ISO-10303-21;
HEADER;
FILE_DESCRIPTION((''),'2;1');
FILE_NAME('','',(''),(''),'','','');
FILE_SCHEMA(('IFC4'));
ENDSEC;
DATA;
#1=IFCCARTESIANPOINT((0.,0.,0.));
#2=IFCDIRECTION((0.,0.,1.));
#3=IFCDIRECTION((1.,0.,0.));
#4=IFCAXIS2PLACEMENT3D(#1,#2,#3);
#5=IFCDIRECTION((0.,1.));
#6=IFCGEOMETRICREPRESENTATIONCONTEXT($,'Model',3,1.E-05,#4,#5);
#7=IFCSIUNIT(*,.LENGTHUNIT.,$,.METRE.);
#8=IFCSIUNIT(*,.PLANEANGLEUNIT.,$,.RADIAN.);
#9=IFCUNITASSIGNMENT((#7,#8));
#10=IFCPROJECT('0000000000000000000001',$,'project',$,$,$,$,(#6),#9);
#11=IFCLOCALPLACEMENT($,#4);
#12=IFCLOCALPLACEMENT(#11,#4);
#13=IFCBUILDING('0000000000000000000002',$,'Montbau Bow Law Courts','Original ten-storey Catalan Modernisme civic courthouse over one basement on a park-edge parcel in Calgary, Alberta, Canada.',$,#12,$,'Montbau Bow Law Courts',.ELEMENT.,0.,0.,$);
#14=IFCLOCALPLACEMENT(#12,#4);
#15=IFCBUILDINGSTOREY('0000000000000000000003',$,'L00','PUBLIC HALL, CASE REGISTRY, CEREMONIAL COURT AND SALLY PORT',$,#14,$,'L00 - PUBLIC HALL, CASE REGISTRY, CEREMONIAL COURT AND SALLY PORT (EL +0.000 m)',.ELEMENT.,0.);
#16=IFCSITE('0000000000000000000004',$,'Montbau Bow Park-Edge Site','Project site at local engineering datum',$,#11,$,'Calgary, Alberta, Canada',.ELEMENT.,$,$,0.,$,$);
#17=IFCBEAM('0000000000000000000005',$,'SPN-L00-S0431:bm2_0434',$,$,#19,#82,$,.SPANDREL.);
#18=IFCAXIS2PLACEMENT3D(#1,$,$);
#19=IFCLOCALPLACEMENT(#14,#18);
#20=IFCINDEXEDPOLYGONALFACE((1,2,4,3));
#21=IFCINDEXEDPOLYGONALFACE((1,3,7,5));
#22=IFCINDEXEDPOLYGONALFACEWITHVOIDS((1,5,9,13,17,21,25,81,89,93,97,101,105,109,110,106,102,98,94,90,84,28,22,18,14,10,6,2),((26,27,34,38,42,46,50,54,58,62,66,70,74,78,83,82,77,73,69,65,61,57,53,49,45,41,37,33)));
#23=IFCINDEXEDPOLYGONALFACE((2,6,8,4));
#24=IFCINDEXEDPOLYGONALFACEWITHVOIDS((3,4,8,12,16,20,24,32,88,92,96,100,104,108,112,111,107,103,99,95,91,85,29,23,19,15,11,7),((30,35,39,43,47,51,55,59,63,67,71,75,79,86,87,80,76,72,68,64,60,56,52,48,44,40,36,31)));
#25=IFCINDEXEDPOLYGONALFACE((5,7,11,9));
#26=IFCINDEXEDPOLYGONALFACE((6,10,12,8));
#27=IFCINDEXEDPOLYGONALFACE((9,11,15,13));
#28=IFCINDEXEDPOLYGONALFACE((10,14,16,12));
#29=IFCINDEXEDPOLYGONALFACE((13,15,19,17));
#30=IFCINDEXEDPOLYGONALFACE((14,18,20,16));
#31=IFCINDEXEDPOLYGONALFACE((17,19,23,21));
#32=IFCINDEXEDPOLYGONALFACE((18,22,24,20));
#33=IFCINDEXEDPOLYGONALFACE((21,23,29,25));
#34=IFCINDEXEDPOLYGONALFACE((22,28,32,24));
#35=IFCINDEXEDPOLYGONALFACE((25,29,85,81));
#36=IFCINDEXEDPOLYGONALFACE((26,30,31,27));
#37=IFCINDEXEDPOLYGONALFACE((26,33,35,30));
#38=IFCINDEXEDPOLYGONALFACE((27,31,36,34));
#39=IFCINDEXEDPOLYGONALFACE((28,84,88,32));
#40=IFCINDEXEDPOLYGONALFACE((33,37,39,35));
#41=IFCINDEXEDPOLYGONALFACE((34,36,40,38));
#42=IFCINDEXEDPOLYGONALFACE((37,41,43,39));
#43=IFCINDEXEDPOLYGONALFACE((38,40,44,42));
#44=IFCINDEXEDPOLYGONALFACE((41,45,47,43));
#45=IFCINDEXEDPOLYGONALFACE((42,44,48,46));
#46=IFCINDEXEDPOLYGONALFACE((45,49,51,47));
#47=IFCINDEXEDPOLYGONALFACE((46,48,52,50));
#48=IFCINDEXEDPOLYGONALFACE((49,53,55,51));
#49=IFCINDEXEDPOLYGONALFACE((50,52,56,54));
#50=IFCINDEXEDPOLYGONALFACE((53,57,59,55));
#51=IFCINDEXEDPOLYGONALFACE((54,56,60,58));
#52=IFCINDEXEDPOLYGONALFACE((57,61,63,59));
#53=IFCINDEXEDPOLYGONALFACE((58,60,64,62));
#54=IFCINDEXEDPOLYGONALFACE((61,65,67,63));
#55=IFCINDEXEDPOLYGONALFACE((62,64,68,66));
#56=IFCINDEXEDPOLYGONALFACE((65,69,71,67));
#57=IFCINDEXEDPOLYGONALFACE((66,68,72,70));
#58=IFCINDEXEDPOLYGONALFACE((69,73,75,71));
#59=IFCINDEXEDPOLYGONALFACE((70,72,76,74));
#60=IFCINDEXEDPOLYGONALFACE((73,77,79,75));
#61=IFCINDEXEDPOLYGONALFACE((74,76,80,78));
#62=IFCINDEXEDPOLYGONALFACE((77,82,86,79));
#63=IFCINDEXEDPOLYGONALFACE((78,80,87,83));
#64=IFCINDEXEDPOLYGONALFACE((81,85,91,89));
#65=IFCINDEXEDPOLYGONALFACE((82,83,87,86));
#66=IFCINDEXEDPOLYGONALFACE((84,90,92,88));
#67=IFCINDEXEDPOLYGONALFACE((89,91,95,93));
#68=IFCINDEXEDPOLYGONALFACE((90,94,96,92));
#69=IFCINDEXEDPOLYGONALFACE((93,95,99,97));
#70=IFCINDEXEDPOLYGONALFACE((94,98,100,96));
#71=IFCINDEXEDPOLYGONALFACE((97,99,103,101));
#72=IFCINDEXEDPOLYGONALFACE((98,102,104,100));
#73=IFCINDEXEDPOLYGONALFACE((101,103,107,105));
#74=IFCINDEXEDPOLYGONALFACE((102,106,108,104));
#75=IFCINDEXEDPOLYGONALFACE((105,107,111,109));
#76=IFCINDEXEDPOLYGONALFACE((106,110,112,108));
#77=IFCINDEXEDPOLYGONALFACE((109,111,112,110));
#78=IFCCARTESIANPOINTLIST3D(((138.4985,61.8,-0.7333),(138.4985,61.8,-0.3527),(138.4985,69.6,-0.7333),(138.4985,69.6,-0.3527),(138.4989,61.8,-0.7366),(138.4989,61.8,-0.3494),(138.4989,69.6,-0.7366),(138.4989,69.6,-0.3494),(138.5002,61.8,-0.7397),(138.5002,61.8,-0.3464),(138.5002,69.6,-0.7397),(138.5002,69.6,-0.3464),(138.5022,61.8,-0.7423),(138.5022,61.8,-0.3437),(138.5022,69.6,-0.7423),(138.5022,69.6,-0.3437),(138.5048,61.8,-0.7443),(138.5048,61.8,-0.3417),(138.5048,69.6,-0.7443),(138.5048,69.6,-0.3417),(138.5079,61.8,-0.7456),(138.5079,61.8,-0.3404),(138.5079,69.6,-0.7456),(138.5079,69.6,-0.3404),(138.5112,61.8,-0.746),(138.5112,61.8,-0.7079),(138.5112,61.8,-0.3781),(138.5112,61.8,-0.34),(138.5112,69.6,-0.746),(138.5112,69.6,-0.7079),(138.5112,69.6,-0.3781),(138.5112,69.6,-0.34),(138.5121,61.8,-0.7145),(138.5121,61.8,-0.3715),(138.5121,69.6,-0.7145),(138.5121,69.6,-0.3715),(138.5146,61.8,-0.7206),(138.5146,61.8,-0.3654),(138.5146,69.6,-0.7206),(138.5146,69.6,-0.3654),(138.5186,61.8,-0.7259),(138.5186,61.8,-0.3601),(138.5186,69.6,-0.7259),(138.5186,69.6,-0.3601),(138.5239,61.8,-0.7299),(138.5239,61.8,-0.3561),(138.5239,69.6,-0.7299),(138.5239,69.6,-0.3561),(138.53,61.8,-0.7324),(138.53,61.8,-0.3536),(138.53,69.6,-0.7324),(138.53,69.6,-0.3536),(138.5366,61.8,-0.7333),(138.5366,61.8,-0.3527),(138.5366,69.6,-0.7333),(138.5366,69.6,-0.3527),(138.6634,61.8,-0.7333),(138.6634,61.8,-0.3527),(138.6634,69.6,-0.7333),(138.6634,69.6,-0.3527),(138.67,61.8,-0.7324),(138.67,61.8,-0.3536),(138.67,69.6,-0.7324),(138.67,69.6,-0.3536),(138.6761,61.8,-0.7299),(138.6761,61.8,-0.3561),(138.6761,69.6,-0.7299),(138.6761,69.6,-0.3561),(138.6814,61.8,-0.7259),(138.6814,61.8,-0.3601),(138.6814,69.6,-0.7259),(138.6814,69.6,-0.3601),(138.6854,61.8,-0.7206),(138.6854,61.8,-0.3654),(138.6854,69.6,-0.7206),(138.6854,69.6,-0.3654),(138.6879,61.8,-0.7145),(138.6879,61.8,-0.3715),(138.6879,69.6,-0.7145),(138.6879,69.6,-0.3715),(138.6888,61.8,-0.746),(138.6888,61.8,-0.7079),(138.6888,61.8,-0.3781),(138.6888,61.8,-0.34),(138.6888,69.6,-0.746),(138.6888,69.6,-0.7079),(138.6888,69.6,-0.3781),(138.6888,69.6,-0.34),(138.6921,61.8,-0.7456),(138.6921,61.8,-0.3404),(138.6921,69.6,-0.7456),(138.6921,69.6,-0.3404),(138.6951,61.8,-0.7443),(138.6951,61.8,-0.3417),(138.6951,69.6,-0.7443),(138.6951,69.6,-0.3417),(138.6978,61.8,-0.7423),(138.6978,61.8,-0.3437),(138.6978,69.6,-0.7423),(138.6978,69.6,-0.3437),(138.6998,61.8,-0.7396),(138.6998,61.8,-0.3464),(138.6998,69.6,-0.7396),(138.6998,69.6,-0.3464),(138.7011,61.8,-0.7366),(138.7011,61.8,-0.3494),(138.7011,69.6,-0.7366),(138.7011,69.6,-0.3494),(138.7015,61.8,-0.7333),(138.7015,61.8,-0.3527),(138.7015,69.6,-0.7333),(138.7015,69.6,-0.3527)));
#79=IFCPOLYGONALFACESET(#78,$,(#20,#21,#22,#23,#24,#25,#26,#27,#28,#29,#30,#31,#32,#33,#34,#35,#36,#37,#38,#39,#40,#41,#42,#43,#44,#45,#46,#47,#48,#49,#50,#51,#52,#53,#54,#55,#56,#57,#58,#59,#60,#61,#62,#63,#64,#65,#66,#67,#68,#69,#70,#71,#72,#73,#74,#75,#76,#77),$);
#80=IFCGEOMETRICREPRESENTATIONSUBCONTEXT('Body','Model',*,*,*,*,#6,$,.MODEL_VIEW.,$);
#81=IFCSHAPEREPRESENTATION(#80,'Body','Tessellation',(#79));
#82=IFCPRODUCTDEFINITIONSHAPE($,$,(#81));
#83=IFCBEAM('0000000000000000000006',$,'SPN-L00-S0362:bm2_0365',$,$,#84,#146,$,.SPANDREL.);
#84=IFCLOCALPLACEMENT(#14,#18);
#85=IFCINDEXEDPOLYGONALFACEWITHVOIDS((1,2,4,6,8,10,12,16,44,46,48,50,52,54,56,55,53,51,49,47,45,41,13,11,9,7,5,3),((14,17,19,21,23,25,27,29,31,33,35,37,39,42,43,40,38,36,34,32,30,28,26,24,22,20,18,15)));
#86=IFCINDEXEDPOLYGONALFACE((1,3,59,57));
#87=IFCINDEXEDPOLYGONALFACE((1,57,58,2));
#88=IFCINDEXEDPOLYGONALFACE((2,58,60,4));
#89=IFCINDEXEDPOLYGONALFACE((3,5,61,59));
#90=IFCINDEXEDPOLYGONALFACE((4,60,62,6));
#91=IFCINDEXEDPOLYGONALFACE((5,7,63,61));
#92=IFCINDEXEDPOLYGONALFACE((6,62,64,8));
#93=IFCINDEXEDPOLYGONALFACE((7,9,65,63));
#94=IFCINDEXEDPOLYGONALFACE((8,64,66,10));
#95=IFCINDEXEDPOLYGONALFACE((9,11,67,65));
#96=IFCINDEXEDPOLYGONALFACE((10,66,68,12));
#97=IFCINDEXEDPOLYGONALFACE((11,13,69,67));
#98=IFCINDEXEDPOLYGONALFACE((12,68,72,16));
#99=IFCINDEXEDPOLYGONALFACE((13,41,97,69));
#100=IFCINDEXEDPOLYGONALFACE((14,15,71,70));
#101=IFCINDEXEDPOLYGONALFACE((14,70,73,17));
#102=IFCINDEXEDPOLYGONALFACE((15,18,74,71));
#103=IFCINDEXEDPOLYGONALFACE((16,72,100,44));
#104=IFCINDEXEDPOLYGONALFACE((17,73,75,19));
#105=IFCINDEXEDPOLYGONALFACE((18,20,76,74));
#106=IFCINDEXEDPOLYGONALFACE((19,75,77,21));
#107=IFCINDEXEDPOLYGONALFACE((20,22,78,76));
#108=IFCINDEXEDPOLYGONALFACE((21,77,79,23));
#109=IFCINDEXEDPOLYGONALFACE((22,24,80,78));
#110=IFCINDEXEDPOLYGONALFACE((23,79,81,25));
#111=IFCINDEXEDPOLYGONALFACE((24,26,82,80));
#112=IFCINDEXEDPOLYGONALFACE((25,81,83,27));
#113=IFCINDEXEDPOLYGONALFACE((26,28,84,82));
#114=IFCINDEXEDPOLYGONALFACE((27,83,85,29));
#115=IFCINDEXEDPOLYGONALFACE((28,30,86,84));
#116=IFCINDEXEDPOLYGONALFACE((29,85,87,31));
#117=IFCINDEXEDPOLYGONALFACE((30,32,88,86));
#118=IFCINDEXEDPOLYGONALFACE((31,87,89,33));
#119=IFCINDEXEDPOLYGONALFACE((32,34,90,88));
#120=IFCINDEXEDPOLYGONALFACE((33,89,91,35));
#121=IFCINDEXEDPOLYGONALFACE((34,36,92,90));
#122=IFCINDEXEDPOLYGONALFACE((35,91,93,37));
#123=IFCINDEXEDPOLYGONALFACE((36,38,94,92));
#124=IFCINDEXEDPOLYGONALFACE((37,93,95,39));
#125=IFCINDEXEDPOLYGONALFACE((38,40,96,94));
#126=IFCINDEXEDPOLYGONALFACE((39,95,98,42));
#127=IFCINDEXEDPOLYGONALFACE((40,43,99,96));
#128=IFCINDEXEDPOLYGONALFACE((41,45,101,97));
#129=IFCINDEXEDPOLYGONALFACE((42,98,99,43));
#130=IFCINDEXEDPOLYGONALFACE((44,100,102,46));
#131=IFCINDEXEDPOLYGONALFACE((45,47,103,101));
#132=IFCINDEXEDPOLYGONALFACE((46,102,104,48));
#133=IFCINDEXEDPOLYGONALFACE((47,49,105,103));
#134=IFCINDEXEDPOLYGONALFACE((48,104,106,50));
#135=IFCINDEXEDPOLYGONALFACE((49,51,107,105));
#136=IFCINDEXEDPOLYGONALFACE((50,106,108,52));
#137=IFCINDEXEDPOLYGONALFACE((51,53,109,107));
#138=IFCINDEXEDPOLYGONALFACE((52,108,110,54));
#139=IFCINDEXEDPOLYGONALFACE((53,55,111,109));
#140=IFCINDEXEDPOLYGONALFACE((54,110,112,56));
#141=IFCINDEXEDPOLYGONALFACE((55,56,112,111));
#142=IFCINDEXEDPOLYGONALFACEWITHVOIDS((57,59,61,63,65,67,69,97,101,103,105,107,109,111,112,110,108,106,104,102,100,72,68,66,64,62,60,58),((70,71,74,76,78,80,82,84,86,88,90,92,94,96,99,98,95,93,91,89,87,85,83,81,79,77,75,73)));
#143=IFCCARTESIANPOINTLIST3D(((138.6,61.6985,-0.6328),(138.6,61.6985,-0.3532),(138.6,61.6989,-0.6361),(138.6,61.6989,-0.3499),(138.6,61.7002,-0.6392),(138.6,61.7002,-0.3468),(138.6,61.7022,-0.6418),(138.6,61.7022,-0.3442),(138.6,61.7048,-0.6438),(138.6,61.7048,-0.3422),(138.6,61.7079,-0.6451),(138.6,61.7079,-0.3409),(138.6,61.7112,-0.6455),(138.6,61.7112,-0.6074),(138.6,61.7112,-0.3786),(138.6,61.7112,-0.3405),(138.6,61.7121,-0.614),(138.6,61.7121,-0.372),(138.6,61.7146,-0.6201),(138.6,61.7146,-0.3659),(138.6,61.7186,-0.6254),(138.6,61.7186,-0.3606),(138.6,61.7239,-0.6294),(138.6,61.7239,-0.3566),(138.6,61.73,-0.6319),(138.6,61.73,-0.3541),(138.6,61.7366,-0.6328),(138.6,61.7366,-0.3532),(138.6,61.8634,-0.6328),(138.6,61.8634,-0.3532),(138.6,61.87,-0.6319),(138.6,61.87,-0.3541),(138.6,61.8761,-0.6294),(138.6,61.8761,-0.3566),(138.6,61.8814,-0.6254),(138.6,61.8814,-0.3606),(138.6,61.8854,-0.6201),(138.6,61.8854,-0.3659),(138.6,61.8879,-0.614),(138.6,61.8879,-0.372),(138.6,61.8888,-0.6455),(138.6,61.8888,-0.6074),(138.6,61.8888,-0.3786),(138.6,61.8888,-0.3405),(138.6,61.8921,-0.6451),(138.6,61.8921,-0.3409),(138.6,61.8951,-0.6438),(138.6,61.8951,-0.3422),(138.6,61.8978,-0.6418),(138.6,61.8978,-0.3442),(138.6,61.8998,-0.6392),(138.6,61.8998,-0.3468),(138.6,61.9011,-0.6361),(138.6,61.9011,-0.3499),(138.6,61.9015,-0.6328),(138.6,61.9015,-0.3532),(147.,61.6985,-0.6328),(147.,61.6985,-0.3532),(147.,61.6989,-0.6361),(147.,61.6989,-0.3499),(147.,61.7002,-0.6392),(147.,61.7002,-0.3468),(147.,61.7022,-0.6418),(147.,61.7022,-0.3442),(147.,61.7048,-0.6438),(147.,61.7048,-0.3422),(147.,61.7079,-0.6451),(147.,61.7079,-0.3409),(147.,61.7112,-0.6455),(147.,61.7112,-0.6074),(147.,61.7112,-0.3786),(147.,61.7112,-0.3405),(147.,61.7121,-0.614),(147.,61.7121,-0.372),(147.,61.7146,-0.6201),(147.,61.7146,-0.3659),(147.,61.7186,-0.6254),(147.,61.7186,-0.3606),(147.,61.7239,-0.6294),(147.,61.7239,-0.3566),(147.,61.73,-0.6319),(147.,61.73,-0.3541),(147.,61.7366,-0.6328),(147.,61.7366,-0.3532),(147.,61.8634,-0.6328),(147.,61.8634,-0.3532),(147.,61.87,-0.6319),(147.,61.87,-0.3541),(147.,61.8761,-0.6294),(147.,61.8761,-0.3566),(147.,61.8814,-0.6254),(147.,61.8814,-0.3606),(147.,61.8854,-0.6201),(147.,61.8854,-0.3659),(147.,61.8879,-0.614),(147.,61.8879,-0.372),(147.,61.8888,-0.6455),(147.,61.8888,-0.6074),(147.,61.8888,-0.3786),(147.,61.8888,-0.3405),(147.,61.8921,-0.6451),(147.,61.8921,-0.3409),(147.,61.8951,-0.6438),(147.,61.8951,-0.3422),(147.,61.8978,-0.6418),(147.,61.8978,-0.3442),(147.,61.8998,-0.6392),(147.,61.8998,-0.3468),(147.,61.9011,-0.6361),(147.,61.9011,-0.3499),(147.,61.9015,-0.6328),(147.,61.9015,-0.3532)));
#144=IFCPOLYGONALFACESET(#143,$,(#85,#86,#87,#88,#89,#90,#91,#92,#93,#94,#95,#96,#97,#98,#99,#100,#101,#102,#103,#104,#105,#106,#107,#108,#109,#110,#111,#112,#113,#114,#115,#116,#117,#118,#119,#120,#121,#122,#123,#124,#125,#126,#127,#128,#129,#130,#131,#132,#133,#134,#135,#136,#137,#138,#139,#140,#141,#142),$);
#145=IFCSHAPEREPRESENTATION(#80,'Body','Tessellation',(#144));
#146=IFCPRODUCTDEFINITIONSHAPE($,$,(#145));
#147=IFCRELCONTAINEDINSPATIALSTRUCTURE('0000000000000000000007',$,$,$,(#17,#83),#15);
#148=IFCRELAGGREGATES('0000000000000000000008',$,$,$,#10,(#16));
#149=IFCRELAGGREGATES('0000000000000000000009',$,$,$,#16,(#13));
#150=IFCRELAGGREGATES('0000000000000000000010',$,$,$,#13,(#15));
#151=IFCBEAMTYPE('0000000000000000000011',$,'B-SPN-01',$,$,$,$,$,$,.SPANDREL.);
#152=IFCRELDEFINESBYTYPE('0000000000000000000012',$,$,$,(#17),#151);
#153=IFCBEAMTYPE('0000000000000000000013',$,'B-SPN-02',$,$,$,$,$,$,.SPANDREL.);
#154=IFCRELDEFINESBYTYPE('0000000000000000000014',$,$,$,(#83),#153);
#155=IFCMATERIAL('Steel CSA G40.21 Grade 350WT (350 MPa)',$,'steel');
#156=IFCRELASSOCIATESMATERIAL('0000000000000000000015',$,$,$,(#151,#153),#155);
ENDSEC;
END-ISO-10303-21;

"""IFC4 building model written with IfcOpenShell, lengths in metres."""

from ifc_helpers import new_model, si_unit, direction, frame, origin_with_axes, origin_2d_with_axis, place, context, subcontext, project, spatial, hollow_rectangle, extrude, material, material_profile, profile_set, type_object, element, save


model = new_model("IFC4")

# Units and contexts
model_context = context("Model", 3, precision=1e-05, world=origin_with_axes(), true_north=direction((0.0, 1.0)))
body_context = subcontext(model_context, "Body", "Model", "MODEL_VIEW")
ifc_project = project(units=[si_unit("LENGTHUNIT", "METRE"), si_unit("PLANEANGLEUNIT", "RADIAN")], contexts=[model_context])

# Site, building, storey
site_placement = place(None, origin_with_axes())
site = spatial("IfcSite", under=ifc_project, at=site_placement, Name="Montbau Bow Park-Edge Site", Description="Project site at local engineering datum", LongName="Calgary, Alberta, Canada", CompositionType="ELEMENT", RefElevation=0.0)
building_placement = place(site_placement, origin_with_axes())
building = spatial("IfcBuilding", under=site, at=building_placement, Name="Montbau Bow Law Courts", Description="Original ten-storey Catalan Modernisme civic courthouse over one basement on a park-edge parcel in Calgary, Alberta, Canada.", LongName="Montbau Bow Law Courts", CompositionType="ELEMENT", ElevationOfRefHeight=0.0, ElevationOfTerrain=0.0)
storey_placement = place(building_placement, origin_with_axes())
storey = spatial("IfcBuildingStorey", under=building, at=storey_placement, Name="L00", Description="PUBLIC HALL, CASE REGISTRY, CEREMONIAL COURT AND SALLY PORT", LongName="L00 - PUBLIC HALL, CASE REGISTRY, CEREMONIAL COURT AND SALLY PORT (EL +0.000 m)", CompositionType="ELEMENT", Elevation=0.0)

# Beams
ifc_material_1 = material(Name="Steel CSA G40.21 Grade 350WT (350 MPa)", Category="steel")
ifc_material_profile_1 = material_profile(ifc_material_1, hollow_rectangle(XDim=0.203, YDim=0.406, WallThickness=0.0127, InnerFilletRadius=0.0254, OuterFilletRadius=0.0127, at=origin_2d_with_axis()), Name="HSS406X203X13", Category="Main", Priority=0)
ifc_profile_set_1 = profile_set([ifc_material_profile_1], Name="Steel CSA G40.21 Grade 350WT (350 MPa)")
beam_type_1 = type_object("IfcBeamType", Name="B-SPN-01", PredefinedType="SPANDREL", material=ifc_profile_set_1)
beam_1_placement = place(None, frame((138.6, 61.8, -0.543), z_axis=(0.0, 1.0, 0.0), x_axis=(-1.0, 0.0, 0.0)))
element("IfcBeam", 1, at=beam_1_placement, inside=storey, type_object=beam_type_1, Name="SPN-L00-S0431:bm2_0434", PredefinedType="SPANDREL", context=body_context, shape_type="SweptSolid", body=[
    extrude(hollow_rectangle(XDim=0.203, YDim=0.406, WallThickness=0.0127, InnerFilletRadius=0.0254, OuterFilletRadius=0.0127, at=origin_2d_with_axis()), origin_with_axes(), (0.0, 0.0, 1.0), 7.8),
])
ifc_material_profile_2 = material_profile(ifc_material_1, hollow_rectangle(XDim=0.203, YDim=0.305, WallThickness=0.0127, InnerFilletRadius=0.0254, OuterFilletRadius=0.0127, at=origin_2d_with_axis()), Name="HSS305X203X13", Category="Main", Priority=0)
ifc_profile_set_2 = profile_set([ifc_material_profile_2], Name="Steel CSA G40.21 Grade 350WT (350 MPa)")
beam_type_2 = type_object("IfcBeamType", Name="B-SPN-02", PredefinedType="SPANDREL", material=ifc_profile_set_2)
beam_2_placement = place(None, frame((138.6, 61.8, -0.493), z_axis=(1.0, 0.0, 0.0), x_axis=(0.0, 1.0, 0.0)))
element("IfcBeam", 2, at=beam_2_placement, inside=storey, type_object=beam_type_2, Name="SPN-L00-S0362:bm2_0365", PredefinedType="SPANDREL", context=body_context, shape_type="SweptSolid", body=[
    extrude(hollow_rectangle(XDim=0.203, YDim=0.305, WallThickness=0.0127, InnerFilletRadius=0.0254, OuterFilletRadius=0.0127, at=origin_2d_with_axis()), origin_with_axes(), (0.0, 0.0, 1.0), 8.4),
])

save(model, "model.ifc")
